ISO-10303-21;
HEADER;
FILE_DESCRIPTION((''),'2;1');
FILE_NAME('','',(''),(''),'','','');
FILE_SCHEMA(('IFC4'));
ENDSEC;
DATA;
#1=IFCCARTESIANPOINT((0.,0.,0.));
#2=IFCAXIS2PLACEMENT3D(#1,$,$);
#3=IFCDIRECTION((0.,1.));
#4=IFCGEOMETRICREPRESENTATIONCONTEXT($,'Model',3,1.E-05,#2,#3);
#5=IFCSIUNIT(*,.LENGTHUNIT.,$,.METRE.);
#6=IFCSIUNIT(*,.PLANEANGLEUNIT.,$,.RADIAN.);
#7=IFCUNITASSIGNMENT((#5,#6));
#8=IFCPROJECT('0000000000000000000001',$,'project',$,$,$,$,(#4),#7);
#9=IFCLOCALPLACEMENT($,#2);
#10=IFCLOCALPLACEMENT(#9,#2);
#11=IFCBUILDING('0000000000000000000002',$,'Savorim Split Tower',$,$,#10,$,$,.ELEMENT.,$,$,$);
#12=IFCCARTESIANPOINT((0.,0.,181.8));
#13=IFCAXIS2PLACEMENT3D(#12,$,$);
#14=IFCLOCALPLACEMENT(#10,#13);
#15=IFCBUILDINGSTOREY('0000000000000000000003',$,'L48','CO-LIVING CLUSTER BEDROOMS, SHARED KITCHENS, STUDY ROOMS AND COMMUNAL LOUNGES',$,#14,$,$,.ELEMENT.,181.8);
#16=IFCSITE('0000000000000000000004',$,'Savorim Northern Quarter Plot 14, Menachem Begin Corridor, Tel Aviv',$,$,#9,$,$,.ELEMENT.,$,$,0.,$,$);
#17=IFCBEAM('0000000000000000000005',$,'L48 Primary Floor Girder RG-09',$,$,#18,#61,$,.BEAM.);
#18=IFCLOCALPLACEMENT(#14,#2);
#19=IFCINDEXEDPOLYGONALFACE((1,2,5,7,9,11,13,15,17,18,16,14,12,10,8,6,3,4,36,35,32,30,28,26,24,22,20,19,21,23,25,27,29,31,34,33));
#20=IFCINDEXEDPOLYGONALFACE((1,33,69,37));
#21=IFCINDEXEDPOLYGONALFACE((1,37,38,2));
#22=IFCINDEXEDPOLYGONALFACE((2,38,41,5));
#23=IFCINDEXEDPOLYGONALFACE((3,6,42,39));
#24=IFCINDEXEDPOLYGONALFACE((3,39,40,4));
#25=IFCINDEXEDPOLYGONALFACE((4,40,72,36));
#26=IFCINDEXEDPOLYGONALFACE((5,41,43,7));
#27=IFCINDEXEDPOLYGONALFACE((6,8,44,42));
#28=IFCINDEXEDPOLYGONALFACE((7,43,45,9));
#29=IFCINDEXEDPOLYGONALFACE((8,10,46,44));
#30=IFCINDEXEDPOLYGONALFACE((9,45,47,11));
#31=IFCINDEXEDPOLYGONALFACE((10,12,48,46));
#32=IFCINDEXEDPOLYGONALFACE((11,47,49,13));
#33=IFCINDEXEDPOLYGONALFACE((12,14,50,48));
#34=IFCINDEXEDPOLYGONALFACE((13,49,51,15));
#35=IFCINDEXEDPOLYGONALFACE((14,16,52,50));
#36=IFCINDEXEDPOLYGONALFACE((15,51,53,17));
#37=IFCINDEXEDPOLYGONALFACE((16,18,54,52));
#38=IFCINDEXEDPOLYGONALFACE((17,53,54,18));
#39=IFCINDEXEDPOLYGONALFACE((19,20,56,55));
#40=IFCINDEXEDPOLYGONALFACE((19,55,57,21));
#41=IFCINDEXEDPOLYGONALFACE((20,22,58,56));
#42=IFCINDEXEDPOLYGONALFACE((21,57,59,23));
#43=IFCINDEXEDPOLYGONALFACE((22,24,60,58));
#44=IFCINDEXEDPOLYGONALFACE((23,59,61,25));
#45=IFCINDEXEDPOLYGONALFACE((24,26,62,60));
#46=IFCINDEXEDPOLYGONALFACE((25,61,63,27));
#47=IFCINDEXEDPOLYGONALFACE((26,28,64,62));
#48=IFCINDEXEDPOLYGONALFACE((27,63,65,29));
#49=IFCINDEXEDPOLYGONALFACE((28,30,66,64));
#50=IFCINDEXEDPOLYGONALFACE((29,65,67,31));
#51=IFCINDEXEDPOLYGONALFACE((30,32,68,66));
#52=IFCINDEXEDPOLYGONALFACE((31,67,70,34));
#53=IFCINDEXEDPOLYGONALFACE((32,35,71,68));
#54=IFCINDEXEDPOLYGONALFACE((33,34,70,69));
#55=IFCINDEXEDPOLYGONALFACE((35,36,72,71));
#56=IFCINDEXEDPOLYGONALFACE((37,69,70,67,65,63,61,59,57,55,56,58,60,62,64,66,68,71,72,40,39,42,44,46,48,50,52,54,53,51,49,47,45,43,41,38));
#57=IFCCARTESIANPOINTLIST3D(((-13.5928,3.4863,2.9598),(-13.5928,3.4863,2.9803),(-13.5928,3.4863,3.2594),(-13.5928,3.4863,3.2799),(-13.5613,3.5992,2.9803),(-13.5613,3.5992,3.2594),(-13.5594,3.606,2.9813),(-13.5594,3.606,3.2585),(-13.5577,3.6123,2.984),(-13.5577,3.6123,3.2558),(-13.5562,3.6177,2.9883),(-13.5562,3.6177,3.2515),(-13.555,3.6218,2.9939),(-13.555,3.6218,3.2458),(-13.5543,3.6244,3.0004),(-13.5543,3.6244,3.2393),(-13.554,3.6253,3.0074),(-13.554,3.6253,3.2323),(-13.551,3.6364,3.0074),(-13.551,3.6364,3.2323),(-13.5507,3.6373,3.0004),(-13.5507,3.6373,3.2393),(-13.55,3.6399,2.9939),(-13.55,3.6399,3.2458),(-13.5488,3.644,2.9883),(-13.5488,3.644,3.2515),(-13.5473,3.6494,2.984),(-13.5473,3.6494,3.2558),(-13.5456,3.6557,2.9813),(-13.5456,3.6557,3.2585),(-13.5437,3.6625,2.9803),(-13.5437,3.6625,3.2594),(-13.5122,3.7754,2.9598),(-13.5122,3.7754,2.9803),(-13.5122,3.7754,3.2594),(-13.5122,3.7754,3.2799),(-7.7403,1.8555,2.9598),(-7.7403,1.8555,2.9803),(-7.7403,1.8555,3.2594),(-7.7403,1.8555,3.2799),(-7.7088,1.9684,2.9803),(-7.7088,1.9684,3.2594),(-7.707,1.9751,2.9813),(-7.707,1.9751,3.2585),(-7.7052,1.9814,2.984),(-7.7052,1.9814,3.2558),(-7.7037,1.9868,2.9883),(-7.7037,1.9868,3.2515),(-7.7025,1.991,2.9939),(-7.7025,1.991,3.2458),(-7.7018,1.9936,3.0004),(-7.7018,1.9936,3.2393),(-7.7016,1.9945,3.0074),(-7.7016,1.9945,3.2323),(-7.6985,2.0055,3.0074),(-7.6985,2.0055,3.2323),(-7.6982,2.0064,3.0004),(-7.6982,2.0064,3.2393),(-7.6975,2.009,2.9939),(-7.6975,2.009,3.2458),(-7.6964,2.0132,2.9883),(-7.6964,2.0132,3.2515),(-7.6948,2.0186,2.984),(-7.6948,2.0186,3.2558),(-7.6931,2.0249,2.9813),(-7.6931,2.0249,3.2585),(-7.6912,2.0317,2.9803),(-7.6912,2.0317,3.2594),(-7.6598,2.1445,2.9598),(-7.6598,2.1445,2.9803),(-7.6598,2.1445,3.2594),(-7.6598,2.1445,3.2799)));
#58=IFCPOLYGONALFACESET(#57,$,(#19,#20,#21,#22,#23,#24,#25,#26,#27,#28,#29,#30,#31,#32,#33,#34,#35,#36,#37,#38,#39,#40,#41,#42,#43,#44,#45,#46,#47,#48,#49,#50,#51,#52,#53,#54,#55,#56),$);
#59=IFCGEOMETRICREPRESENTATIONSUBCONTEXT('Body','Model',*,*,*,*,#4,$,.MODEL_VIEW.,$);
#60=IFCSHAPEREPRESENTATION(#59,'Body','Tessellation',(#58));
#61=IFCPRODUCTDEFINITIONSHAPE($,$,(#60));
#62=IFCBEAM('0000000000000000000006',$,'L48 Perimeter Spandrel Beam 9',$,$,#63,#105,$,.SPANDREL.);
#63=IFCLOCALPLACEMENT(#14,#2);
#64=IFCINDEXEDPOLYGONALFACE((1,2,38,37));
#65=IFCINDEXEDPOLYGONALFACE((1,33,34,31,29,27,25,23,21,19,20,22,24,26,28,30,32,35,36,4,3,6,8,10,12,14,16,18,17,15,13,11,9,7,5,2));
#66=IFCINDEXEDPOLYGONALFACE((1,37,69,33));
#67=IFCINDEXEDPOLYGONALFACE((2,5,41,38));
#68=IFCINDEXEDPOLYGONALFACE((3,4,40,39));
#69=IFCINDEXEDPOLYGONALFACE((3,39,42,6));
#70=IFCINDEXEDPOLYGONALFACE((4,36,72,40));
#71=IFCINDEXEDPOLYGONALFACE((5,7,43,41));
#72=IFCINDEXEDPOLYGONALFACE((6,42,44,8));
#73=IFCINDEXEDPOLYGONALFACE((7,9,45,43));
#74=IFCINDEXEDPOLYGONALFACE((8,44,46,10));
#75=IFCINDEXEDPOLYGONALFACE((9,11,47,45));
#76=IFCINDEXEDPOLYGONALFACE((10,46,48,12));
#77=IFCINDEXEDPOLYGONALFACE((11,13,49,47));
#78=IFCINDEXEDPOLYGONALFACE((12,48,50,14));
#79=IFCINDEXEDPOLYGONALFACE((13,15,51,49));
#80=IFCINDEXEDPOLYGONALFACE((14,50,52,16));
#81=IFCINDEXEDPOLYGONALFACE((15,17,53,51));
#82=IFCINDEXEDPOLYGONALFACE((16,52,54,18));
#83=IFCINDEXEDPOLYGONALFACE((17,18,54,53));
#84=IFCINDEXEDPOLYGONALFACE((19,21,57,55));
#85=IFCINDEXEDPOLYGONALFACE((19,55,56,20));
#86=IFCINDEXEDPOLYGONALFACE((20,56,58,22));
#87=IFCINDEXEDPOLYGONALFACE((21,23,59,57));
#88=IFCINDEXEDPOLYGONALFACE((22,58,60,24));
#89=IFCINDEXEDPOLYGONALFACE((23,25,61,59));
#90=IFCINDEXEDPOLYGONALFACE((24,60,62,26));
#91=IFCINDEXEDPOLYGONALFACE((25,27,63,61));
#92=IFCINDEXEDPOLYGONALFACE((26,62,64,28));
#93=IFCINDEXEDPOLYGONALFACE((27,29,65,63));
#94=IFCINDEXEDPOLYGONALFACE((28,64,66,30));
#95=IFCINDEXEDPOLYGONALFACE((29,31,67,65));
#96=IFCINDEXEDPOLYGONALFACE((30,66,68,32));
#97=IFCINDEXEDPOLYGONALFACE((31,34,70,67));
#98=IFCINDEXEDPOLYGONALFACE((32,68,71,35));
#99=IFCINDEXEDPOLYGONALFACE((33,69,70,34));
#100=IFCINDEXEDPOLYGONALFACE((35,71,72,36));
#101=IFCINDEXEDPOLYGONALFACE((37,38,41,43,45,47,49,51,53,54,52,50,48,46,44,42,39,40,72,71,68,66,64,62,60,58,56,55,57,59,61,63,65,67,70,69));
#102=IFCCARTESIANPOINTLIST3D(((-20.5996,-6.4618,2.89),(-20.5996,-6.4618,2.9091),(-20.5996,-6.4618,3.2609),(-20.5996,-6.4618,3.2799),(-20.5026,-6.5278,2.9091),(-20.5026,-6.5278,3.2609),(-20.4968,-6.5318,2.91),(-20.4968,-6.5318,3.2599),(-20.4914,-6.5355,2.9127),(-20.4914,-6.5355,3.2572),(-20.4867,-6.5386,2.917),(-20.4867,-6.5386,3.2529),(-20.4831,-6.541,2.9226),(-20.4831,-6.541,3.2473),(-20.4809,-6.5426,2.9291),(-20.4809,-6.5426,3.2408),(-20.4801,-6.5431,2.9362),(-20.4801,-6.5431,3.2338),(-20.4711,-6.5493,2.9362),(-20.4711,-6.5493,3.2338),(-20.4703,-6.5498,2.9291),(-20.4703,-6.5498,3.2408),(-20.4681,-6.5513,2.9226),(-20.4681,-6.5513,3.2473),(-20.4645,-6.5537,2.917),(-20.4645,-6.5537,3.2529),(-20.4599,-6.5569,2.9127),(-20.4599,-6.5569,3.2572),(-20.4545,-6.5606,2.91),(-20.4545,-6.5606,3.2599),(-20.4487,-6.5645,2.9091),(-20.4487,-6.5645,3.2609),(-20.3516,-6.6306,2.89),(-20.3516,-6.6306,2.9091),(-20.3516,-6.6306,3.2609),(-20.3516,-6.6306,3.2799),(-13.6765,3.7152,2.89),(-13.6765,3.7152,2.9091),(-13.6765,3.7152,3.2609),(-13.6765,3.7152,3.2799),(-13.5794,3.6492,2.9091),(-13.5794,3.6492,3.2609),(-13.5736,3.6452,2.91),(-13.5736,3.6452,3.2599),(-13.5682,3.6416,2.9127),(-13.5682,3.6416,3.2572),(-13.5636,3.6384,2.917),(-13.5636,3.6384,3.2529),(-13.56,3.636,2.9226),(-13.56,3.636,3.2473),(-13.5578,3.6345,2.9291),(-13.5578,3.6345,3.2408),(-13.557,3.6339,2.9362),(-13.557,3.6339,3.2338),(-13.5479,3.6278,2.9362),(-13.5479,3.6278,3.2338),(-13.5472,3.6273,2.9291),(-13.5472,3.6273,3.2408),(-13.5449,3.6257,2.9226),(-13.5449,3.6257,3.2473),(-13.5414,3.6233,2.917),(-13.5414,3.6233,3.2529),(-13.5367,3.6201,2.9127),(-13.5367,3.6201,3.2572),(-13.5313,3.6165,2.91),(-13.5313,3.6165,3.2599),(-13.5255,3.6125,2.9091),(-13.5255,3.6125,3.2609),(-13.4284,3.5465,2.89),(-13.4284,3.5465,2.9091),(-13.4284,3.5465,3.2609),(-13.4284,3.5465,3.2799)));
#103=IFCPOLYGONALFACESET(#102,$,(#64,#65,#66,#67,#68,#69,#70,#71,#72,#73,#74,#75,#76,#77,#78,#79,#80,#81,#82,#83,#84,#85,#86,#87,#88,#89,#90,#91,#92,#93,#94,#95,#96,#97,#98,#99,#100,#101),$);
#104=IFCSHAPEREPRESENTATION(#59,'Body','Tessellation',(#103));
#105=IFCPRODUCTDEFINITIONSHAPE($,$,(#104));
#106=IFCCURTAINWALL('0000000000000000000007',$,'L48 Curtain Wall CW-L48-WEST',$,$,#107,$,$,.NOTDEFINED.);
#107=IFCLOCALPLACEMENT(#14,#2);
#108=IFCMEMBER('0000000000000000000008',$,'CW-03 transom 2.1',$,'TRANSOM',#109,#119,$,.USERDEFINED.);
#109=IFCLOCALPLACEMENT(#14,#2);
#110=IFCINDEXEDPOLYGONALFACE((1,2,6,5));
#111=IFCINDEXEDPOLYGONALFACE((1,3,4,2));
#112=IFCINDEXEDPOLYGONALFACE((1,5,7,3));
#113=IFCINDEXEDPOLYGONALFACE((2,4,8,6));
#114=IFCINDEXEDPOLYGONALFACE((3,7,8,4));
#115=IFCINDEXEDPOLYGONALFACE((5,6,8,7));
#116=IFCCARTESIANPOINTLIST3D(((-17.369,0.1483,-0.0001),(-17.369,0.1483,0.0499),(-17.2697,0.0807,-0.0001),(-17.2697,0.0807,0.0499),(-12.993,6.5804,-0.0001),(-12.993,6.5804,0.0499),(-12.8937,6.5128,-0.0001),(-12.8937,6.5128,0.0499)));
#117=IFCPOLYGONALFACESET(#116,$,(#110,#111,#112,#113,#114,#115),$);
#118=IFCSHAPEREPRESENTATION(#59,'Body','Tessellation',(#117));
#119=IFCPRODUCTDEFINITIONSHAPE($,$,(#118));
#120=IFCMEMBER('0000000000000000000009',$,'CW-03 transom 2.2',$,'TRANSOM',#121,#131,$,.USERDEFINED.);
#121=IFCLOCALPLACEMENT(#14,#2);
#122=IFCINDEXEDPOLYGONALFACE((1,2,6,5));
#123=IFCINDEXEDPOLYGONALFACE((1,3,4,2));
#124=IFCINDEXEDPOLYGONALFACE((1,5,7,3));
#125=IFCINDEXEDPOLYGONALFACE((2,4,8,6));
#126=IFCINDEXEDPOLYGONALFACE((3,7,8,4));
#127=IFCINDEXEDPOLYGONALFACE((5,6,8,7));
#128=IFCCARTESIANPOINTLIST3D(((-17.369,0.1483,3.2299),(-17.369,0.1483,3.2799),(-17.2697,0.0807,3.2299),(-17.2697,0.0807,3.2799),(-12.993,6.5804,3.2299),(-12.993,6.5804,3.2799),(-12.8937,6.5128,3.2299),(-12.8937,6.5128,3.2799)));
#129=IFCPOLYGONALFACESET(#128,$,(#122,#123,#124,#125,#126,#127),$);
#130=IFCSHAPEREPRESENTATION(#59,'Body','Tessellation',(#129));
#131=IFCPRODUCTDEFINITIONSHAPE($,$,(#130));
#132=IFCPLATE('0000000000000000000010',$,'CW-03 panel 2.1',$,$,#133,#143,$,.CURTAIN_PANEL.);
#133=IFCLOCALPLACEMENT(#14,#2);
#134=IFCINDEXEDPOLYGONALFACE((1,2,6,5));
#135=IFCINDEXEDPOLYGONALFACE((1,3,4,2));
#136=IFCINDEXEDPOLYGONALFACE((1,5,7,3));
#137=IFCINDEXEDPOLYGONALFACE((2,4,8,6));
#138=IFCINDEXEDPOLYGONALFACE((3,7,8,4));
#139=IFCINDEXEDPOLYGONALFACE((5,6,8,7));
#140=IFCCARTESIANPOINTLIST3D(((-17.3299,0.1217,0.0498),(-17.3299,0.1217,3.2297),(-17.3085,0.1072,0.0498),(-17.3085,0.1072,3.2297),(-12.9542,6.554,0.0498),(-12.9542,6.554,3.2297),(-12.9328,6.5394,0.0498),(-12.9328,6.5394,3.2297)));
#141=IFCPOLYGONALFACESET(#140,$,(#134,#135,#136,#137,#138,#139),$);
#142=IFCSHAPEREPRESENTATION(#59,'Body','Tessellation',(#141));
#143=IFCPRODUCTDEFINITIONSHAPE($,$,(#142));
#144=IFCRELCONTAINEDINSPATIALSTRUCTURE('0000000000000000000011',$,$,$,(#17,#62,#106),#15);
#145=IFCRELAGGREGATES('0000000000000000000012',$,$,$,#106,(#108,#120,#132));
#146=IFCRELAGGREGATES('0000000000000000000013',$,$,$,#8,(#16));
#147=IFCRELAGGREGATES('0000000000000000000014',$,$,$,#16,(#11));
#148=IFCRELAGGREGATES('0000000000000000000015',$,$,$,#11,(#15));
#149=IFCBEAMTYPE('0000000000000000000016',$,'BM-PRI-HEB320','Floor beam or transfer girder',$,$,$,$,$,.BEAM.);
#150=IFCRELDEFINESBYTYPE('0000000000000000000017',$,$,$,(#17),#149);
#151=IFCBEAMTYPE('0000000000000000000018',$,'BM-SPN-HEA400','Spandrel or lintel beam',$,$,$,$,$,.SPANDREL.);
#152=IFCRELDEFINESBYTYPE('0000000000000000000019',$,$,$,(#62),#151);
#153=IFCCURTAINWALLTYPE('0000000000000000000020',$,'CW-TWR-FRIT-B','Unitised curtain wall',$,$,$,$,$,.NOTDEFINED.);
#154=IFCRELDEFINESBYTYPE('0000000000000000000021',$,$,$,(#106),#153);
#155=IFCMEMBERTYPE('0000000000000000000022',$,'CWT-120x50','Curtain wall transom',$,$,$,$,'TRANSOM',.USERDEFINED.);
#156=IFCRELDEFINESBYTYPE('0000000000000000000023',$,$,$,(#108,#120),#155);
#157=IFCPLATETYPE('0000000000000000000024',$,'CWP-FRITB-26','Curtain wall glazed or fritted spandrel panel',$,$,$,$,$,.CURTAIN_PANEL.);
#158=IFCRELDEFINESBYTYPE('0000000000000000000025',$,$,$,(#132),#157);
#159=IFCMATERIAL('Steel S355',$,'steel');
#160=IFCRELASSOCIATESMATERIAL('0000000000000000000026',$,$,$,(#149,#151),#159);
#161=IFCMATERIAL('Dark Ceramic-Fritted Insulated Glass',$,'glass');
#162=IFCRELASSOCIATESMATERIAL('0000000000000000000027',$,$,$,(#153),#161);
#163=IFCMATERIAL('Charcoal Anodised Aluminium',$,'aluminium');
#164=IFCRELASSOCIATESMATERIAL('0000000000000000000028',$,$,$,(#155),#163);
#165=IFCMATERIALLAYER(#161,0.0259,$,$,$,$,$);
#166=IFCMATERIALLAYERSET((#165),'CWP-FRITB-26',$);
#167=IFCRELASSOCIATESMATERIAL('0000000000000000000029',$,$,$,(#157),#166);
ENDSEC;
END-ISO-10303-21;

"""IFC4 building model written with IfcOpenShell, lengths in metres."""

from ifc_helpers import new_model, si_unit, direction, frame, origin, origin_2d, place, context, subcontext, project, spatial, rectangle, i_section, extrude, material, layer, layer_set, material_profile, profile_set, type_object, element, aggregate, save


model = new_model("IFC4")

# Units and contexts
model_context = context("Model", 3, precision=1e-05, world=origin(), true_north=direction((0.0, 1.0)))
body_context = subcontext(model_context, "Body", "Model", "MODEL_VIEW")
ifc_project = project(units=[si_unit("LENGTHUNIT", "METRE"), si_unit("PLANEANGLEUNIT", "RADIAN")], contexts=[model_context])

# Site, building, storey
site_placement = place(None, origin())
site = spatial("IfcSite", under=ifc_project, at=site_placement, Name="Savorim Northern Quarter Plot 14, Menachem Begin Corridor, Tel Aviv", CompositionType="ELEMENT", RefElevation=0.0)
building_placement = place(site_placement, origin())
building = spatial("IfcBuilding", under=site, at=building_placement, Name="Savorim Split Tower", CompositionType="ELEMENT")
storey_placement = place(building_placement, frame((0.0, 0.0, 181.8)))
storey = spatial("IfcBuildingStorey", under=building, at=storey_placement, Name="L48", Description="CO-LIVING CLUSTER BEDROOMS, SHARED KITCHENS, STUDY ROOMS AND COMMUNAL LOUNGES", CompositionType="ELEMENT", Elevation=181.8)

# Beams
ifc_material_1 = material(Name="Steel S355", Category="steel")
ifc_material_profile_1 = material_profile(ifc_material_1, i_section(OverallWidth=0.3, OverallDepth=0.3201, WebThickness=0.0115, FlangeThickness=0.0205, FilletRadius=0.0271, at=origin_2d()), Name="HEB 320")
ifc_profile_set_1 = profile_set([ifc_material_profile_1], Name="Steel S355")
beam_type_1 = type_object("IfcBeamType", Name="BM-PRI-HEB320", Description="Floor beam or transfer girder", PredefinedType="BEAM", material=ifc_profile_set_1)
beam_1_placement = place(storey_placement, frame((-13.5525, 3.6309, 3.1199), z_axis=(0.963299, -0.268431, 0.0), x_axis=(0.268431, 0.963299, 0.0)))
element("IfcBeam", 1, at=beam_1_placement, inside=storey, type_object=beam_type_1, Name="L48 Primary Floor Girder RG-09", PredefinedType="BEAM", context=body_context, shape_type="SweptSolid", body=[
    extrude(i_section(OverallWidth=0.3, OverallDepth=0.3201, WebThickness=0.0115, FlangeThickness=0.0205, FilletRadius=0.0271, at=origin_2d()), origin(), (0.0, 0.0, 1.0), 6.0754),
])
ifc_material_profile_2 = material_profile(ifc_material_1, i_section(OverallWidth=0.3, OverallDepth=0.3899, WebThickness=0.011, FlangeThickness=0.019, FilletRadius=0.0271, at=origin_2d()), Name="HEA 400")
ifc_profile_set_2 = profile_set([ifc_material_profile_2], Name="Steel S355")
beam_type_2 = type_object("IfcBeamType", Name="BM-SPN-HEA400", Description="Spandrel or lintel beam", PredefinedType="SPANDREL", material=ifc_profile_set_2)
beam_2_placement = place(storey_placement, frame((-13.5525, 3.6309, 3.085), z_axis=(-0.562462, -0.826823, 0.0), x_axis=(0.826823, -0.562462, 0.0)))
element("IfcBeam", 2, at=beam_2_placement, inside=storey, type_object=beam_type_2, Name="L48 Perimeter Spandrel Beam 9", PredefinedType="SPANDREL", context=body_context, shape_type="SweptSolid", body=[
    extrude(i_section(OverallWidth=0.3, OverallDepth=0.3899, WebThickness=0.011, FlangeThickness=0.019, FilletRadius=0.0271, at=origin_2d()), origin(), (0.0, 0.0, 1.0), 12.3086),
])

# Curtain wall, members, plate
ifc_material_2 = material(Name="Dark Ceramic-Fritted Insulated Glass", Category="glass")
curtain_wall_type = type_object("IfcCurtainWallType", Name="CW-TWR-FRIT-B", Description="Unitised curtain wall", PredefinedType="NOTDEFINED", material=ifc_material_2)
curtain_wall_placement = place(storey_placement, origin())
curtain_wall = element("IfcCurtainWall", 3, at=curtain_wall_placement, inside=storey, type_object=curtain_wall_type, Name="L48 Curtain Wall CW-L48-WEST", PredefinedType="NOTDEFINED")
ifc_material_3 = material(Name="Charcoal Anodised Aluminium", Category="aluminium")
ifc_material_profile_3 = material_profile(ifc_material_3, rectangle(XDim=0.1201, YDim=0.05, at=origin_2d()), Name="ALU-T 120x50")
ifc_profile_set_3 = profile_set([ifc_material_profile_3], Name="Charcoal Anodised Aluminium")
member_type = type_object("IfcMemberType", Name="CWT-120x50", Description="Curtain wall transom", ElementType="TRANSOM", PredefinedType="USERDEFINED", material=ifc_profile_set_3)
member_1_placement = place(storey_placement, frame((-12.9434, 6.5466, 0.0249), z_axis=(-0.562497, -0.826799, 0.0), x_axis=(0.826799, -0.562497, 0.0)))
member_1 = element("IfcMember", 4, at=member_1_placement, type_object=member_type, Name="CW-03 transom 2.1", ObjectType="TRANSOM", PredefinedType="USERDEFINED", context=body_context, shape_type="SweptSolid", body=[
    extrude(rectangle(XDim=0.1201, YDim=0.05, at=origin_2d()), origin(), (0.0, 0.0, 1.0), 7.7795),
])
member_2_placement = place(storey_placement, frame((-12.9434, 6.5466, 3.2549), z_axis=(-0.562497, -0.826799, 0.0), x_axis=(0.826799, -0.562497, 0.0)))
member_2 = element("IfcMember", 5, at=member_2_placement, type_object=member_type, Name="CW-03 transom 2.2", ObjectType="TRANSOM", PredefinedType="USERDEFINED", context=body_context, shape_type="SweptSolid", body=[
    extrude(rectangle(XDim=0.1201, YDim=0.05, at=origin_2d()), origin(), (0.0, 0.0, 1.0), 7.7795),
])
ifc_layer_1 = layer(ifc_material_2, 0.0259)
ifc_layer_set_1 = layer_set([ifc_layer_1], Name="CWP-FRITB-26")
plate_type = type_object("IfcPlateType", Name="CWP-FRITB-26", Description="Curtain wall glazed or fritted spandrel panel", PredefinedType="CURTAIN_PANEL", material=ifc_layer_set_1)
plate_placement = place(storey_placement, frame((-15.1313, 3.3306, 0.0498), z_axis=(0.0, 0.0, 1.0), x_axis=(-0.562468, -0.826819, 0.0)))
plate = element("IfcPlate", 6, at=plate_placement, type_object=plate_type, Name="CW-03 panel 2.1", PredefinedType="CURTAIN_PANEL", context=body_context, shape_type="SweptSolid", body=[
    extrude(rectangle(XDim=7.7795, YDim=0.0259, at=origin_2d()), origin(), (0.0, 0.0, 1.0), 3.1799),
])
aggregate(curtain_wall, [member_1, member_2, plate])

save(model, "model.ifc")
